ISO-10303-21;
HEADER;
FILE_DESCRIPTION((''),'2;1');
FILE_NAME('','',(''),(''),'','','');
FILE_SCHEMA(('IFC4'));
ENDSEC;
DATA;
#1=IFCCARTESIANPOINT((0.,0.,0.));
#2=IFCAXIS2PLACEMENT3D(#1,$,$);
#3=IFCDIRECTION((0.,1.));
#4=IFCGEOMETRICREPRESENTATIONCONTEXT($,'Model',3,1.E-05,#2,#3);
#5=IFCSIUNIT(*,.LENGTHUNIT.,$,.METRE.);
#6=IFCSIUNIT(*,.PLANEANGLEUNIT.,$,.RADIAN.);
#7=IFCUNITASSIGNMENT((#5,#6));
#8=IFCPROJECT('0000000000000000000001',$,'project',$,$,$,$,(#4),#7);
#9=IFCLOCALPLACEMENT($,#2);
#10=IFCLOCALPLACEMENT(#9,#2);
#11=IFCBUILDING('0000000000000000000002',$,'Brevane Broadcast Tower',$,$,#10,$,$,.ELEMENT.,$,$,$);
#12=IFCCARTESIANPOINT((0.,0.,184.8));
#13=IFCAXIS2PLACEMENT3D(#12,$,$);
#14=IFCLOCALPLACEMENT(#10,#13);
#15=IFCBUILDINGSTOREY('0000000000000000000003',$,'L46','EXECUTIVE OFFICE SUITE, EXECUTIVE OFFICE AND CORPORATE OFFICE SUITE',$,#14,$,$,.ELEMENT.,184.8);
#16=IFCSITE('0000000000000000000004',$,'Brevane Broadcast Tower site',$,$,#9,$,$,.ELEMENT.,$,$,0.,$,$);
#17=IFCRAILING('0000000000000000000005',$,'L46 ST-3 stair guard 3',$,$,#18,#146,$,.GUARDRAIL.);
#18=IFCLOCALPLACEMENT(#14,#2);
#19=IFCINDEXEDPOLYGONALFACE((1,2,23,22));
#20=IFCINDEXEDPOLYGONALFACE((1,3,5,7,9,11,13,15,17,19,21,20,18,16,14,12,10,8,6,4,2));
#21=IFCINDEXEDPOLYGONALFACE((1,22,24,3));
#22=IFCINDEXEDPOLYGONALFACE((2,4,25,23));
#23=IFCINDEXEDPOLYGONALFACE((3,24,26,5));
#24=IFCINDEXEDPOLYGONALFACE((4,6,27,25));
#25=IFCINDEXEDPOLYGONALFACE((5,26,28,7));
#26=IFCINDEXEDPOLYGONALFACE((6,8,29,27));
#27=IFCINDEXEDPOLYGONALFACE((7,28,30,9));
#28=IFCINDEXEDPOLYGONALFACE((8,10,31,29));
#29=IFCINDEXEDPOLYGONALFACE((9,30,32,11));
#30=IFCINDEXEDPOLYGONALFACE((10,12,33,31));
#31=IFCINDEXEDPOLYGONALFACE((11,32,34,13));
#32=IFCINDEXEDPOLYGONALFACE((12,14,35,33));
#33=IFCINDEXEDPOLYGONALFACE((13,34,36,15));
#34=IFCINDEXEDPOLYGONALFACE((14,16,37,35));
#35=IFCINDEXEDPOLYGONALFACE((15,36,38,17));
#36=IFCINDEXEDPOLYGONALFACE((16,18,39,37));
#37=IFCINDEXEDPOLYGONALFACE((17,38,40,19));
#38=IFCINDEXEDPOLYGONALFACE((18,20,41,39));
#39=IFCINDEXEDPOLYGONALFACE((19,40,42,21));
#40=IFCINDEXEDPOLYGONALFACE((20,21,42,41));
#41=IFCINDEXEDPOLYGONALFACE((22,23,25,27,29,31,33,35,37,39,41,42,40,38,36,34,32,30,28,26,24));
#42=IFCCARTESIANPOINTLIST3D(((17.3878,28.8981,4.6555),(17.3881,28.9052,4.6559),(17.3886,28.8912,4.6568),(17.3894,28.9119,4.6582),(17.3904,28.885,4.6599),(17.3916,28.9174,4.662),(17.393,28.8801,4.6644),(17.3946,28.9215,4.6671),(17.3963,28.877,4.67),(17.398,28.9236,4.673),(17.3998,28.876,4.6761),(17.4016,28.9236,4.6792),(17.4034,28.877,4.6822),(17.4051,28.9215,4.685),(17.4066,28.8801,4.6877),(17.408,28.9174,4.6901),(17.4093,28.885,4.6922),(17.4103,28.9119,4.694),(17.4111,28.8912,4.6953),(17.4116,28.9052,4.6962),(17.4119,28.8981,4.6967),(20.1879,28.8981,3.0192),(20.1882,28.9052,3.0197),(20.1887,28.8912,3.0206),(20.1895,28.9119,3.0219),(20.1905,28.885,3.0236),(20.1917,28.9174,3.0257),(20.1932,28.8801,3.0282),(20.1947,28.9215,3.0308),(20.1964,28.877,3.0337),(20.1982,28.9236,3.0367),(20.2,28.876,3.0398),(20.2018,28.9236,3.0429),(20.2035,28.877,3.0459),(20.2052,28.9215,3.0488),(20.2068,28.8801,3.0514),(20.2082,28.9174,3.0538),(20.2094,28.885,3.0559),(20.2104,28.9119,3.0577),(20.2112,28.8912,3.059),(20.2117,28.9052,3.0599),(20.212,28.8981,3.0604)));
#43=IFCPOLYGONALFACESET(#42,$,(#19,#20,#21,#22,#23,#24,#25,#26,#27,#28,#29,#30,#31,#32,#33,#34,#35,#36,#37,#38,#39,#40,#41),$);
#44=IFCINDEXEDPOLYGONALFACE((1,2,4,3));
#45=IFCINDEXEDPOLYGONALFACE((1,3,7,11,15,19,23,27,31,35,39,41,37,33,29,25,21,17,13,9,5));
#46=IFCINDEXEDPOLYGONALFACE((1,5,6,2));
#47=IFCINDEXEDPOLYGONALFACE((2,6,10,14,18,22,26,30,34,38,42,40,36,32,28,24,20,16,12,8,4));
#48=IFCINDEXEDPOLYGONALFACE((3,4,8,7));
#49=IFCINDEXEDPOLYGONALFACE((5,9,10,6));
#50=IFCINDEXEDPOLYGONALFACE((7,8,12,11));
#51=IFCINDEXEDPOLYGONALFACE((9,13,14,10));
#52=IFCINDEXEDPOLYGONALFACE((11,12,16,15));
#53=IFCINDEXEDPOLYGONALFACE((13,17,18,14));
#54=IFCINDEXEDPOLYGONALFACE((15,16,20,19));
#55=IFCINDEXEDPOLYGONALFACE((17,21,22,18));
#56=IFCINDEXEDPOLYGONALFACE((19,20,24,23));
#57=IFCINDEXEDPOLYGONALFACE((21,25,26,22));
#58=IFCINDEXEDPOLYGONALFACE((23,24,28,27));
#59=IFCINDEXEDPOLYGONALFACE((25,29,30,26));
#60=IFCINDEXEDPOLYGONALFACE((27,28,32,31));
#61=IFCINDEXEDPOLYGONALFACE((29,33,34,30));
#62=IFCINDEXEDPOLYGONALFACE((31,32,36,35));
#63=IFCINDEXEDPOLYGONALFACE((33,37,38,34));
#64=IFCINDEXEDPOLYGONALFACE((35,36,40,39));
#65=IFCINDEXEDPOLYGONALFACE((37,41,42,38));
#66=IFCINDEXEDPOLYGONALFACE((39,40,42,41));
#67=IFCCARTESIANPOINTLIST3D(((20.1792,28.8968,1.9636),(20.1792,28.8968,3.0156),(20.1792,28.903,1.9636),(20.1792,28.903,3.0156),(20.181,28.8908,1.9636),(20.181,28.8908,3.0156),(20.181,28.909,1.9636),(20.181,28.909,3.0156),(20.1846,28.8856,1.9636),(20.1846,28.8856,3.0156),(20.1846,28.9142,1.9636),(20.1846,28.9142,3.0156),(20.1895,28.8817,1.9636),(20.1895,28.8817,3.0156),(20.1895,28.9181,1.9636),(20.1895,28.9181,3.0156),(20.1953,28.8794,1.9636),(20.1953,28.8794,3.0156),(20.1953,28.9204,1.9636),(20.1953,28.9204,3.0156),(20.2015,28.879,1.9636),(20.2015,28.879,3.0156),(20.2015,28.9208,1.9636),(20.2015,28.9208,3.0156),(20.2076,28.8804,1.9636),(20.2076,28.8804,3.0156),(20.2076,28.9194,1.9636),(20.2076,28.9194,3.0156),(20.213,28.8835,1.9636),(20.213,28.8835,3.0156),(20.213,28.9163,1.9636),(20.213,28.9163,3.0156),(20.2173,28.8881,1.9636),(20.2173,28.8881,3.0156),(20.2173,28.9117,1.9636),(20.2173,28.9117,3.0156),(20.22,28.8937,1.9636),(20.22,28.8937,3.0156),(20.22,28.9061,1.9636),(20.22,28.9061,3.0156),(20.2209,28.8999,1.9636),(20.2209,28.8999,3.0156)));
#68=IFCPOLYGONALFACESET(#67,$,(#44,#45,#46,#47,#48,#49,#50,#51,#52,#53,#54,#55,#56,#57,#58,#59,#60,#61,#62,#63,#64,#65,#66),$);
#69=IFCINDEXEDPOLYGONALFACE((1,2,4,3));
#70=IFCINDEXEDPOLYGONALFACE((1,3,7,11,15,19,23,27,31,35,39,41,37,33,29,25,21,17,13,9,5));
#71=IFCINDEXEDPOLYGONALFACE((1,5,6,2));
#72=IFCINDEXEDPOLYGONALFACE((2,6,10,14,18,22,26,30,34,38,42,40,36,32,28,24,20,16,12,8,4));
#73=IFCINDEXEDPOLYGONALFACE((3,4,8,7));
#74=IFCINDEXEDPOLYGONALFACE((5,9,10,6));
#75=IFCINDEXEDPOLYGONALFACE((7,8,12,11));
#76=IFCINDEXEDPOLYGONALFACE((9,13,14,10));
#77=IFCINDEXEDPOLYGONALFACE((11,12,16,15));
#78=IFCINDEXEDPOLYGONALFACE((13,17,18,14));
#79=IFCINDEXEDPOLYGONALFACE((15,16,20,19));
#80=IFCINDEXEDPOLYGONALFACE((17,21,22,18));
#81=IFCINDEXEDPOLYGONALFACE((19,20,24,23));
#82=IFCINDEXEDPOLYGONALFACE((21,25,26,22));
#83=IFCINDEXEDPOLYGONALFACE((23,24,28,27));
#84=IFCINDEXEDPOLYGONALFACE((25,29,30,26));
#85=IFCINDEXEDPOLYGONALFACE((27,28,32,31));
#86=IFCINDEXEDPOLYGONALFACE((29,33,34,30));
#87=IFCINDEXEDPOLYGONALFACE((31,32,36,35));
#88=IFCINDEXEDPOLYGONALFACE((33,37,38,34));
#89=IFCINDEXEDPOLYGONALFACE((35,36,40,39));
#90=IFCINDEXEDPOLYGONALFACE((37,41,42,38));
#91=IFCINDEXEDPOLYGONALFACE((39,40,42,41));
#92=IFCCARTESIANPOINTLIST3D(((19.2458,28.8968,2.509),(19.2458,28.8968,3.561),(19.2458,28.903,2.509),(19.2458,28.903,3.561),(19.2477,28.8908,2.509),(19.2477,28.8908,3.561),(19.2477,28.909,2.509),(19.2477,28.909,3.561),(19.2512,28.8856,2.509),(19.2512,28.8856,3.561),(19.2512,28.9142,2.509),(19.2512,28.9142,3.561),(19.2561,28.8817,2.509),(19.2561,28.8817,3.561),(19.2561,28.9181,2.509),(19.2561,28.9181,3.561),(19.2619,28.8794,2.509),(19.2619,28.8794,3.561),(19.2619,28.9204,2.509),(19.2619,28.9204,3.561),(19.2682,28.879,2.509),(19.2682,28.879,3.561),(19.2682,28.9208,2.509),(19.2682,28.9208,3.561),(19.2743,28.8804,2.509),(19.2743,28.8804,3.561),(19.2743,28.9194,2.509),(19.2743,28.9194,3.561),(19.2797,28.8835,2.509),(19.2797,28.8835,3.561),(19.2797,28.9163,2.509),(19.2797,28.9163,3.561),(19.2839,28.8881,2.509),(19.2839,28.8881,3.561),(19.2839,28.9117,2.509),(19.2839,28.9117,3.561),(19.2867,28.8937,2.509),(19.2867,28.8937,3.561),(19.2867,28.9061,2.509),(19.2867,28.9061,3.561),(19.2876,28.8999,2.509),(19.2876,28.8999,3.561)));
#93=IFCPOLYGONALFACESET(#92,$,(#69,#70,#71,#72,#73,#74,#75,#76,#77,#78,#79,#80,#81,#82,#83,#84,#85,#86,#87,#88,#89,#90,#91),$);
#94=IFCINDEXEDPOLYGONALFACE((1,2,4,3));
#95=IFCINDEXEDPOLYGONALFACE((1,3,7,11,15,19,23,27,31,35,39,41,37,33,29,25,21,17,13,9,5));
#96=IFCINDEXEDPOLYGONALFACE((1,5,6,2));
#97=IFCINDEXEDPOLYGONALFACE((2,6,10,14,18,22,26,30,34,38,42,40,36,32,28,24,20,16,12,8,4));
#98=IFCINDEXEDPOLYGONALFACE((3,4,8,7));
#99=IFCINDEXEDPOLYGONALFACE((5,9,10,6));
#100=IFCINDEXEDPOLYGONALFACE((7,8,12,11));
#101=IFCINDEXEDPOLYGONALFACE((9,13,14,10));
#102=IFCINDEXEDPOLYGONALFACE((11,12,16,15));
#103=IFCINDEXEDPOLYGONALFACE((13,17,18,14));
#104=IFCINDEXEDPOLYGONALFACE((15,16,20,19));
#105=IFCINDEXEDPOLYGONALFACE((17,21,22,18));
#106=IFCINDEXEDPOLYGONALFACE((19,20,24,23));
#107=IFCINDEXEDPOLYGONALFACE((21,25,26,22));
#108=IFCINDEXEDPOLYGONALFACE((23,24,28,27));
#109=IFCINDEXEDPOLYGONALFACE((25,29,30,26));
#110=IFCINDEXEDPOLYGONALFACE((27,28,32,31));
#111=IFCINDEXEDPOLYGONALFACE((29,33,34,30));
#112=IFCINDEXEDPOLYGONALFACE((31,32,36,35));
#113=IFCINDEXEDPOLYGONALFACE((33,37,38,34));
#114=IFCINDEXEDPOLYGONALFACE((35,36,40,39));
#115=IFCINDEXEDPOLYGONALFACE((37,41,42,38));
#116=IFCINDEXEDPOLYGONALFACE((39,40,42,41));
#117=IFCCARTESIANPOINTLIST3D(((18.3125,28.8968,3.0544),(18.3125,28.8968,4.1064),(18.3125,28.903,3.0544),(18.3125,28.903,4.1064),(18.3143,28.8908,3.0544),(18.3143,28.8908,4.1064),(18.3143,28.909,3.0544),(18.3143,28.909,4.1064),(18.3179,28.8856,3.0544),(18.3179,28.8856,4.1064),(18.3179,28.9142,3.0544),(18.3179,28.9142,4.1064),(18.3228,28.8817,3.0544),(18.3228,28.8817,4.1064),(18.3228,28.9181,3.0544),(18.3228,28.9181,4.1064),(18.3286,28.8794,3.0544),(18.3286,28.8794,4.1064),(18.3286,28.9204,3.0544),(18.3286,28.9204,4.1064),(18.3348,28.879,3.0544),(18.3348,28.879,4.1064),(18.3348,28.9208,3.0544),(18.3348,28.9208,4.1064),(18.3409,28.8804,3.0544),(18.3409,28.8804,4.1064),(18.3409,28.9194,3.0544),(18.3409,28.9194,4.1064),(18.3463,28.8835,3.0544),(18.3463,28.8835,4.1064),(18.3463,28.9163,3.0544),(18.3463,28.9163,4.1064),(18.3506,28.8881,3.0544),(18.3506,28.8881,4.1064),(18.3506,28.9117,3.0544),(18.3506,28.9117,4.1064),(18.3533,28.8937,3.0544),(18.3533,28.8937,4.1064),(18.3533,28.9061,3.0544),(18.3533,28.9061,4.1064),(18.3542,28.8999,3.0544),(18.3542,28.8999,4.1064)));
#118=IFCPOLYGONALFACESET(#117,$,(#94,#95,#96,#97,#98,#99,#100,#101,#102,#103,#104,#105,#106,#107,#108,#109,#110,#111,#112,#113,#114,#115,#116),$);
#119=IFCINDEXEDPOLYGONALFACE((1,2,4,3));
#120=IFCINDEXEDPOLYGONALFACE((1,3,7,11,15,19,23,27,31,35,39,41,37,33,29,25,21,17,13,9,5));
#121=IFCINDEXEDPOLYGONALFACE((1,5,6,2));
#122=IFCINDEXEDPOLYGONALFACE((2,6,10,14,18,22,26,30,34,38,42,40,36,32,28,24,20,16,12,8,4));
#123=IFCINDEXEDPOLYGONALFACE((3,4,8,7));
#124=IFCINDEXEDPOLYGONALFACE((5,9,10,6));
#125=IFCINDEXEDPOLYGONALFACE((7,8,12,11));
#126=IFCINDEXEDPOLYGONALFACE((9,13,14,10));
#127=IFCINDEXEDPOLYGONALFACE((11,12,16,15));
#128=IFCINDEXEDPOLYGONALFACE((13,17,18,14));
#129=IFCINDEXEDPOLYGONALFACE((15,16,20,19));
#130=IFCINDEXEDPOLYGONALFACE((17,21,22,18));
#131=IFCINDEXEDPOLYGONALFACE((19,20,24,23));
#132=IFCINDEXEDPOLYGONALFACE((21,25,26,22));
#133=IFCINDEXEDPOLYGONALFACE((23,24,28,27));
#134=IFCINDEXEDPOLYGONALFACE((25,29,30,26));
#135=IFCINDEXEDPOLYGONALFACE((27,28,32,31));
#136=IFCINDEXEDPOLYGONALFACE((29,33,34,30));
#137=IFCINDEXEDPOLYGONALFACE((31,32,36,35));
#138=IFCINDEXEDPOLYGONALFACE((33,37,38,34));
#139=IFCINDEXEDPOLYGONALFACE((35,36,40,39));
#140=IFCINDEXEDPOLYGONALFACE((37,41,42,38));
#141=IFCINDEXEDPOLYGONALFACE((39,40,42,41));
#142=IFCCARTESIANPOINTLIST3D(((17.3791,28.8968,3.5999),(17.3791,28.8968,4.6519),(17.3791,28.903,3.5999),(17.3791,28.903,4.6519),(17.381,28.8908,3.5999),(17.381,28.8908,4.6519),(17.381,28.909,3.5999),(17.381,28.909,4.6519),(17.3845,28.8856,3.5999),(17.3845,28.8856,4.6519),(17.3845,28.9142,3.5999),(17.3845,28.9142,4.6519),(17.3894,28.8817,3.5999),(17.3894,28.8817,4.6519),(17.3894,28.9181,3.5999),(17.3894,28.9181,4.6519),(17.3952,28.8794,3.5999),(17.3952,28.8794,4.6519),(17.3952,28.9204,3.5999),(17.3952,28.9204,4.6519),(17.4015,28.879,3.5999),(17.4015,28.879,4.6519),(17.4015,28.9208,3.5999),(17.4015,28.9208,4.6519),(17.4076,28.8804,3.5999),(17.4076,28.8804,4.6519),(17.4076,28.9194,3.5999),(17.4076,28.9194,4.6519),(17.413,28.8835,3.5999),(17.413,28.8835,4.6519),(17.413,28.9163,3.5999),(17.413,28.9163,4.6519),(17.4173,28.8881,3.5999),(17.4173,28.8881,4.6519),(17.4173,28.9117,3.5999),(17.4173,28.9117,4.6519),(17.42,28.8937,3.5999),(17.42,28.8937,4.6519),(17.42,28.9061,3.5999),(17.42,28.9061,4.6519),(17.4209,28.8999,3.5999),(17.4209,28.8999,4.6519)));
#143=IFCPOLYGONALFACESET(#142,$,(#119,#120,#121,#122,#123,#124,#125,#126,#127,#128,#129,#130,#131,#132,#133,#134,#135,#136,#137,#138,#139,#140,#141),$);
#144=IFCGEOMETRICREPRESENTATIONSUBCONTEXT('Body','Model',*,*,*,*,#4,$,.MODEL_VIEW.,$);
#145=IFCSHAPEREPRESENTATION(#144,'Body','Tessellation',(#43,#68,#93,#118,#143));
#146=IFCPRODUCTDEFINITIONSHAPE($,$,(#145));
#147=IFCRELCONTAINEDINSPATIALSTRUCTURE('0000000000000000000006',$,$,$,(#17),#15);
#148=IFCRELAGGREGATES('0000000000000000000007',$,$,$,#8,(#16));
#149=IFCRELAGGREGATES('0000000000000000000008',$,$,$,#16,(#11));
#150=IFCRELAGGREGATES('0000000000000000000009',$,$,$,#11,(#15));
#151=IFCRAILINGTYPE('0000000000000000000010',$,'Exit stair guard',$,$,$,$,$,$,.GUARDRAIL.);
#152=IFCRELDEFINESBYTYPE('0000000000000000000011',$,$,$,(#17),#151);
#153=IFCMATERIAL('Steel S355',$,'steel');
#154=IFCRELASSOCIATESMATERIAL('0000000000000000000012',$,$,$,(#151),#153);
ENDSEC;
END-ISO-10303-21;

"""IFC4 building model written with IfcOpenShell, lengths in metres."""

from ifc_helpers import new_model, si_unit, direction, frame, origin, origin_2d, place, context, subcontext, project, spatial, circle, extrude, material, type_object, element, save


model = new_model("IFC4")

# Units and contexts
model_context = context("Model", 3, precision=1e-05, world=origin(), true_north=direction((0.0, 1.0)))
body_context = subcontext(model_context, "Body", "Model", "MODEL_VIEW")
ifc_project = project(units=[si_unit("LENGTHUNIT", "METRE"), si_unit("PLANEANGLEUNIT", "RADIAN")], contexts=[model_context])

# Site, building, storey
site_placement = place(None, origin())
site = spatial("IfcSite", under=ifc_project, at=site_placement, Name="Brevane Broadcast Tower site", CompositionType="ELEMENT", RefElevation=0.0)
building_placement = place(site_placement, origin())
building = spatial("IfcBuilding", under=site, at=building_placement, Name="Brevane Broadcast Tower", CompositionType="ELEMENT")
storey_placement = place(building_placement, frame((0.0, 0.0, 184.8)))
storey = spatial("IfcBuildingStorey", under=building, at=storey_placement, Name="L46", Description="EXECUTIVE OFFICE SUITE, EXECUTIVE OFFICE AND CORPORATE OFFICE SUITE", CompositionType="ELEMENT", Elevation=184.8)

# Railing
ifc_material_1 = material(Name="Steel S355", Category="steel")
railing_type_1 = type_object("IfcRailingType", Name="Exit stair guard", PredefinedType="GUARDRAIL", material=ifc_material_1)
railing_1_placement = place(storey_placement, frame((20.2, 28.8999, 1.9636)))
element("IfcRailing", 1, at=railing_1_placement, inside=storey, type_object=railing_type_1, Name="L46 ST-3 stair guard 3", PredefinedType="GUARDRAIL", context=body_context, shape_type="SweptSolid", body=[
    extrude(circle(Radius=0.0239, at=origin_2d()), frame((0.0, 0.0, 1.0762), z_axis=(-0.863394, 0.0, 0.504531), x_axis=(0.0, -1.0, 0.0)), (0.0, 0.0, 1.0), 3.2432),
    extrude(circle(Radius=0.021, at=origin_2d()), origin(), (0.0, 0.0, 1.0), 1.052),
    extrude(circle(Radius=0.021, at=origin_2d()), frame((-0.9333, 0.0, 0.5454)), (0.0, 0.0, 1.0), 1.052),
    extrude(circle(Radius=0.021, at=origin_2d()), frame((-1.8667, 0.0, 1.0908)), (0.0, 0.0, 1.0), 1.052),
    extrude(circle(Radius=0.021, at=origin_2d()), frame((-2.8, 0.0, 1.6362)), (0.0, 0.0, 1.0), 1.052),
])

save(model, "model.ifc")
